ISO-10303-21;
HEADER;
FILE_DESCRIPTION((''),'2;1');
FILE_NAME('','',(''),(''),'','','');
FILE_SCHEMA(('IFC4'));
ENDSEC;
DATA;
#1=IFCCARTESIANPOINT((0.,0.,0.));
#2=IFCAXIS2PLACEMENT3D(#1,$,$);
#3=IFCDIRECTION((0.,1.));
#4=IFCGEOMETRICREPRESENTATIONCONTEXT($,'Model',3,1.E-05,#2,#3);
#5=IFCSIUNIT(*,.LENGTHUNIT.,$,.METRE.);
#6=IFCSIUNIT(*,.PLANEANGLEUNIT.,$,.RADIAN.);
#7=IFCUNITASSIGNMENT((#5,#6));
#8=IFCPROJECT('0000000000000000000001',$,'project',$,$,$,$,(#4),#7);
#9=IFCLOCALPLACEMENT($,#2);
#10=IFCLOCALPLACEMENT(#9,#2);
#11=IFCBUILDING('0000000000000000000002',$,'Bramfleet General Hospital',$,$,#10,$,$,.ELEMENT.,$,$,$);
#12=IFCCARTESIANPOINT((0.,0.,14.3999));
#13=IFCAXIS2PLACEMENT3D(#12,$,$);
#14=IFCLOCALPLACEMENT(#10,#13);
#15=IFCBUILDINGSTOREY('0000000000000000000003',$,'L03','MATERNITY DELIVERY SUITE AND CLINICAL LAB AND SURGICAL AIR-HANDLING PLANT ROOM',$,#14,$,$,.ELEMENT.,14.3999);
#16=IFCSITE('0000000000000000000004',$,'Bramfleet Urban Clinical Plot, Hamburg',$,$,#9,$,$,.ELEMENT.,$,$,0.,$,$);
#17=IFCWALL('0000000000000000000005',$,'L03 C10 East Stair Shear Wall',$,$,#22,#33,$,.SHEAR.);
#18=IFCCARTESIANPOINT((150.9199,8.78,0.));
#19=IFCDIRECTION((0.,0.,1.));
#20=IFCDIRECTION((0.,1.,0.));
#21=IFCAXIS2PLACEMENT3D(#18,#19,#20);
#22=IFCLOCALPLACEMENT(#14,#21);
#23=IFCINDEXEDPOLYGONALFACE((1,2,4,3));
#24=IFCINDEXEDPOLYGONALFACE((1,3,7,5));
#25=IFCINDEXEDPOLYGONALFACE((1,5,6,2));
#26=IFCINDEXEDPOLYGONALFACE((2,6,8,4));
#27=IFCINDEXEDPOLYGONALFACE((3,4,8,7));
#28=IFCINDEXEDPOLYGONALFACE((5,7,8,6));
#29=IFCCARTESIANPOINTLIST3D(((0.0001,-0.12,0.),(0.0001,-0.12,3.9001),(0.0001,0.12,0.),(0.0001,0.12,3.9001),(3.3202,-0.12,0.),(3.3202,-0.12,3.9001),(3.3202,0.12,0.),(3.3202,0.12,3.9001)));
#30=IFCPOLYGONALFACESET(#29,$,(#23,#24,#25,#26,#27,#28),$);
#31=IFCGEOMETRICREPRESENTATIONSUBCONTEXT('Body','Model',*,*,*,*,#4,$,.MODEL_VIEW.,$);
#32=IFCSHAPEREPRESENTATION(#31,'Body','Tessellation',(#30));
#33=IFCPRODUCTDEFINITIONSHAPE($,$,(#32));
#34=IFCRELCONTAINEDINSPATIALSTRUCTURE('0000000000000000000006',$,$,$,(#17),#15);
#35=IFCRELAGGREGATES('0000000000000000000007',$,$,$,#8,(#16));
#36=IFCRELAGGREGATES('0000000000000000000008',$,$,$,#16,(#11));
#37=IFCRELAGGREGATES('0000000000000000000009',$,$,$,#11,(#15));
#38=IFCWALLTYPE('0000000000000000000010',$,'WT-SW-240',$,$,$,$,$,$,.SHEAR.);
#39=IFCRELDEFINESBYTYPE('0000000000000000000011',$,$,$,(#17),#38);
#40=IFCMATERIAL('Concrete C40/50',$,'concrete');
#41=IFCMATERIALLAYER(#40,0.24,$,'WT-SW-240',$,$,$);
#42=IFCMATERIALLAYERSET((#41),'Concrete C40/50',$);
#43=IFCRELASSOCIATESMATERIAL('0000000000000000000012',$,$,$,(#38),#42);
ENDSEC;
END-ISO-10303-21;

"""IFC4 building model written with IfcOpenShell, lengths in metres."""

from ifc_helpers import new_model, si_unit, direction, frame, frame_2d, origin, place, context, subcontext, project, spatial, rectangle, extrude, material, layer, layer_set, type_object, element, save


model = new_model("IFC4")

# Units and contexts
model_context = context("Model", 3, precision=1e-05, world=origin(), true_north=direction((0.0, 1.0)))
body_context = subcontext(model_context, "Body", "Model", "MODEL_VIEW")
ifc_project = project(units=[si_unit("LENGTHUNIT", "METRE"), si_unit("PLANEANGLEUNIT", "RADIAN")], contexts=[model_context])

# Site, building, storey
site_placement = place(None, origin())
site = spatial("IfcSite", under=ifc_project, at=site_placement, Name="Bramfleet Urban Clinical Plot, Hamburg", CompositionType="ELEMENT", RefElevation=0.0)
building_placement = place(site_placement, origin())
building = spatial("IfcBuilding", under=site, at=building_placement, Name="Bramfleet General Hospital", CompositionType="ELEMENT")
storey_placement = place(building_placement, frame((0.0, 0.0, 14.3999)))
storey = spatial("IfcBuildingStorey", under=building, at=storey_placement, Name="L03", Description="MATERNITY DELIVERY SUITE AND CLINICAL LAB AND SURGICAL AIR-HANDLING PLANT ROOM", CompositionType="ELEMENT", Elevation=14.3999)

# Shared definitions
ifc_material_1 = material(Name="Concrete C40/50", Category="concrete")

# Wall
ifc_layer_1 = layer(ifc_material_1, 0.24, Name="WT-SW-240")
ifc_layer_set_1 = layer_set([ifc_layer_1], Name="Concrete C40/50")
wall_type_1 = type_object("IfcWallType", Name="WT-SW-240", PredefinedType="SHEAR", material=ifc_layer_set_1)
wall_1_placement = place(storey_placement, frame((150.9199, 8.78, 0.0), z_axis=(0.0, 0.0, 1.0), x_axis=(0.0, 1.0, 0.0)))
element("IfcWall", 1, at=wall_1_placement, inside=storey, type_object=wall_type_1, Name="L03 C10 East Stair Shear Wall", PredefinedType="SHEAR", context=body_context, shape_type="SweptSolid", body=[
    extrude(rectangle(XDim=3.3201, YDim=0.24, at=frame_2d((1.6602, 0.0))), origin(), (0.0, 0.0, 1.0), 3.9001),
])

save(model, "model.ifc")
